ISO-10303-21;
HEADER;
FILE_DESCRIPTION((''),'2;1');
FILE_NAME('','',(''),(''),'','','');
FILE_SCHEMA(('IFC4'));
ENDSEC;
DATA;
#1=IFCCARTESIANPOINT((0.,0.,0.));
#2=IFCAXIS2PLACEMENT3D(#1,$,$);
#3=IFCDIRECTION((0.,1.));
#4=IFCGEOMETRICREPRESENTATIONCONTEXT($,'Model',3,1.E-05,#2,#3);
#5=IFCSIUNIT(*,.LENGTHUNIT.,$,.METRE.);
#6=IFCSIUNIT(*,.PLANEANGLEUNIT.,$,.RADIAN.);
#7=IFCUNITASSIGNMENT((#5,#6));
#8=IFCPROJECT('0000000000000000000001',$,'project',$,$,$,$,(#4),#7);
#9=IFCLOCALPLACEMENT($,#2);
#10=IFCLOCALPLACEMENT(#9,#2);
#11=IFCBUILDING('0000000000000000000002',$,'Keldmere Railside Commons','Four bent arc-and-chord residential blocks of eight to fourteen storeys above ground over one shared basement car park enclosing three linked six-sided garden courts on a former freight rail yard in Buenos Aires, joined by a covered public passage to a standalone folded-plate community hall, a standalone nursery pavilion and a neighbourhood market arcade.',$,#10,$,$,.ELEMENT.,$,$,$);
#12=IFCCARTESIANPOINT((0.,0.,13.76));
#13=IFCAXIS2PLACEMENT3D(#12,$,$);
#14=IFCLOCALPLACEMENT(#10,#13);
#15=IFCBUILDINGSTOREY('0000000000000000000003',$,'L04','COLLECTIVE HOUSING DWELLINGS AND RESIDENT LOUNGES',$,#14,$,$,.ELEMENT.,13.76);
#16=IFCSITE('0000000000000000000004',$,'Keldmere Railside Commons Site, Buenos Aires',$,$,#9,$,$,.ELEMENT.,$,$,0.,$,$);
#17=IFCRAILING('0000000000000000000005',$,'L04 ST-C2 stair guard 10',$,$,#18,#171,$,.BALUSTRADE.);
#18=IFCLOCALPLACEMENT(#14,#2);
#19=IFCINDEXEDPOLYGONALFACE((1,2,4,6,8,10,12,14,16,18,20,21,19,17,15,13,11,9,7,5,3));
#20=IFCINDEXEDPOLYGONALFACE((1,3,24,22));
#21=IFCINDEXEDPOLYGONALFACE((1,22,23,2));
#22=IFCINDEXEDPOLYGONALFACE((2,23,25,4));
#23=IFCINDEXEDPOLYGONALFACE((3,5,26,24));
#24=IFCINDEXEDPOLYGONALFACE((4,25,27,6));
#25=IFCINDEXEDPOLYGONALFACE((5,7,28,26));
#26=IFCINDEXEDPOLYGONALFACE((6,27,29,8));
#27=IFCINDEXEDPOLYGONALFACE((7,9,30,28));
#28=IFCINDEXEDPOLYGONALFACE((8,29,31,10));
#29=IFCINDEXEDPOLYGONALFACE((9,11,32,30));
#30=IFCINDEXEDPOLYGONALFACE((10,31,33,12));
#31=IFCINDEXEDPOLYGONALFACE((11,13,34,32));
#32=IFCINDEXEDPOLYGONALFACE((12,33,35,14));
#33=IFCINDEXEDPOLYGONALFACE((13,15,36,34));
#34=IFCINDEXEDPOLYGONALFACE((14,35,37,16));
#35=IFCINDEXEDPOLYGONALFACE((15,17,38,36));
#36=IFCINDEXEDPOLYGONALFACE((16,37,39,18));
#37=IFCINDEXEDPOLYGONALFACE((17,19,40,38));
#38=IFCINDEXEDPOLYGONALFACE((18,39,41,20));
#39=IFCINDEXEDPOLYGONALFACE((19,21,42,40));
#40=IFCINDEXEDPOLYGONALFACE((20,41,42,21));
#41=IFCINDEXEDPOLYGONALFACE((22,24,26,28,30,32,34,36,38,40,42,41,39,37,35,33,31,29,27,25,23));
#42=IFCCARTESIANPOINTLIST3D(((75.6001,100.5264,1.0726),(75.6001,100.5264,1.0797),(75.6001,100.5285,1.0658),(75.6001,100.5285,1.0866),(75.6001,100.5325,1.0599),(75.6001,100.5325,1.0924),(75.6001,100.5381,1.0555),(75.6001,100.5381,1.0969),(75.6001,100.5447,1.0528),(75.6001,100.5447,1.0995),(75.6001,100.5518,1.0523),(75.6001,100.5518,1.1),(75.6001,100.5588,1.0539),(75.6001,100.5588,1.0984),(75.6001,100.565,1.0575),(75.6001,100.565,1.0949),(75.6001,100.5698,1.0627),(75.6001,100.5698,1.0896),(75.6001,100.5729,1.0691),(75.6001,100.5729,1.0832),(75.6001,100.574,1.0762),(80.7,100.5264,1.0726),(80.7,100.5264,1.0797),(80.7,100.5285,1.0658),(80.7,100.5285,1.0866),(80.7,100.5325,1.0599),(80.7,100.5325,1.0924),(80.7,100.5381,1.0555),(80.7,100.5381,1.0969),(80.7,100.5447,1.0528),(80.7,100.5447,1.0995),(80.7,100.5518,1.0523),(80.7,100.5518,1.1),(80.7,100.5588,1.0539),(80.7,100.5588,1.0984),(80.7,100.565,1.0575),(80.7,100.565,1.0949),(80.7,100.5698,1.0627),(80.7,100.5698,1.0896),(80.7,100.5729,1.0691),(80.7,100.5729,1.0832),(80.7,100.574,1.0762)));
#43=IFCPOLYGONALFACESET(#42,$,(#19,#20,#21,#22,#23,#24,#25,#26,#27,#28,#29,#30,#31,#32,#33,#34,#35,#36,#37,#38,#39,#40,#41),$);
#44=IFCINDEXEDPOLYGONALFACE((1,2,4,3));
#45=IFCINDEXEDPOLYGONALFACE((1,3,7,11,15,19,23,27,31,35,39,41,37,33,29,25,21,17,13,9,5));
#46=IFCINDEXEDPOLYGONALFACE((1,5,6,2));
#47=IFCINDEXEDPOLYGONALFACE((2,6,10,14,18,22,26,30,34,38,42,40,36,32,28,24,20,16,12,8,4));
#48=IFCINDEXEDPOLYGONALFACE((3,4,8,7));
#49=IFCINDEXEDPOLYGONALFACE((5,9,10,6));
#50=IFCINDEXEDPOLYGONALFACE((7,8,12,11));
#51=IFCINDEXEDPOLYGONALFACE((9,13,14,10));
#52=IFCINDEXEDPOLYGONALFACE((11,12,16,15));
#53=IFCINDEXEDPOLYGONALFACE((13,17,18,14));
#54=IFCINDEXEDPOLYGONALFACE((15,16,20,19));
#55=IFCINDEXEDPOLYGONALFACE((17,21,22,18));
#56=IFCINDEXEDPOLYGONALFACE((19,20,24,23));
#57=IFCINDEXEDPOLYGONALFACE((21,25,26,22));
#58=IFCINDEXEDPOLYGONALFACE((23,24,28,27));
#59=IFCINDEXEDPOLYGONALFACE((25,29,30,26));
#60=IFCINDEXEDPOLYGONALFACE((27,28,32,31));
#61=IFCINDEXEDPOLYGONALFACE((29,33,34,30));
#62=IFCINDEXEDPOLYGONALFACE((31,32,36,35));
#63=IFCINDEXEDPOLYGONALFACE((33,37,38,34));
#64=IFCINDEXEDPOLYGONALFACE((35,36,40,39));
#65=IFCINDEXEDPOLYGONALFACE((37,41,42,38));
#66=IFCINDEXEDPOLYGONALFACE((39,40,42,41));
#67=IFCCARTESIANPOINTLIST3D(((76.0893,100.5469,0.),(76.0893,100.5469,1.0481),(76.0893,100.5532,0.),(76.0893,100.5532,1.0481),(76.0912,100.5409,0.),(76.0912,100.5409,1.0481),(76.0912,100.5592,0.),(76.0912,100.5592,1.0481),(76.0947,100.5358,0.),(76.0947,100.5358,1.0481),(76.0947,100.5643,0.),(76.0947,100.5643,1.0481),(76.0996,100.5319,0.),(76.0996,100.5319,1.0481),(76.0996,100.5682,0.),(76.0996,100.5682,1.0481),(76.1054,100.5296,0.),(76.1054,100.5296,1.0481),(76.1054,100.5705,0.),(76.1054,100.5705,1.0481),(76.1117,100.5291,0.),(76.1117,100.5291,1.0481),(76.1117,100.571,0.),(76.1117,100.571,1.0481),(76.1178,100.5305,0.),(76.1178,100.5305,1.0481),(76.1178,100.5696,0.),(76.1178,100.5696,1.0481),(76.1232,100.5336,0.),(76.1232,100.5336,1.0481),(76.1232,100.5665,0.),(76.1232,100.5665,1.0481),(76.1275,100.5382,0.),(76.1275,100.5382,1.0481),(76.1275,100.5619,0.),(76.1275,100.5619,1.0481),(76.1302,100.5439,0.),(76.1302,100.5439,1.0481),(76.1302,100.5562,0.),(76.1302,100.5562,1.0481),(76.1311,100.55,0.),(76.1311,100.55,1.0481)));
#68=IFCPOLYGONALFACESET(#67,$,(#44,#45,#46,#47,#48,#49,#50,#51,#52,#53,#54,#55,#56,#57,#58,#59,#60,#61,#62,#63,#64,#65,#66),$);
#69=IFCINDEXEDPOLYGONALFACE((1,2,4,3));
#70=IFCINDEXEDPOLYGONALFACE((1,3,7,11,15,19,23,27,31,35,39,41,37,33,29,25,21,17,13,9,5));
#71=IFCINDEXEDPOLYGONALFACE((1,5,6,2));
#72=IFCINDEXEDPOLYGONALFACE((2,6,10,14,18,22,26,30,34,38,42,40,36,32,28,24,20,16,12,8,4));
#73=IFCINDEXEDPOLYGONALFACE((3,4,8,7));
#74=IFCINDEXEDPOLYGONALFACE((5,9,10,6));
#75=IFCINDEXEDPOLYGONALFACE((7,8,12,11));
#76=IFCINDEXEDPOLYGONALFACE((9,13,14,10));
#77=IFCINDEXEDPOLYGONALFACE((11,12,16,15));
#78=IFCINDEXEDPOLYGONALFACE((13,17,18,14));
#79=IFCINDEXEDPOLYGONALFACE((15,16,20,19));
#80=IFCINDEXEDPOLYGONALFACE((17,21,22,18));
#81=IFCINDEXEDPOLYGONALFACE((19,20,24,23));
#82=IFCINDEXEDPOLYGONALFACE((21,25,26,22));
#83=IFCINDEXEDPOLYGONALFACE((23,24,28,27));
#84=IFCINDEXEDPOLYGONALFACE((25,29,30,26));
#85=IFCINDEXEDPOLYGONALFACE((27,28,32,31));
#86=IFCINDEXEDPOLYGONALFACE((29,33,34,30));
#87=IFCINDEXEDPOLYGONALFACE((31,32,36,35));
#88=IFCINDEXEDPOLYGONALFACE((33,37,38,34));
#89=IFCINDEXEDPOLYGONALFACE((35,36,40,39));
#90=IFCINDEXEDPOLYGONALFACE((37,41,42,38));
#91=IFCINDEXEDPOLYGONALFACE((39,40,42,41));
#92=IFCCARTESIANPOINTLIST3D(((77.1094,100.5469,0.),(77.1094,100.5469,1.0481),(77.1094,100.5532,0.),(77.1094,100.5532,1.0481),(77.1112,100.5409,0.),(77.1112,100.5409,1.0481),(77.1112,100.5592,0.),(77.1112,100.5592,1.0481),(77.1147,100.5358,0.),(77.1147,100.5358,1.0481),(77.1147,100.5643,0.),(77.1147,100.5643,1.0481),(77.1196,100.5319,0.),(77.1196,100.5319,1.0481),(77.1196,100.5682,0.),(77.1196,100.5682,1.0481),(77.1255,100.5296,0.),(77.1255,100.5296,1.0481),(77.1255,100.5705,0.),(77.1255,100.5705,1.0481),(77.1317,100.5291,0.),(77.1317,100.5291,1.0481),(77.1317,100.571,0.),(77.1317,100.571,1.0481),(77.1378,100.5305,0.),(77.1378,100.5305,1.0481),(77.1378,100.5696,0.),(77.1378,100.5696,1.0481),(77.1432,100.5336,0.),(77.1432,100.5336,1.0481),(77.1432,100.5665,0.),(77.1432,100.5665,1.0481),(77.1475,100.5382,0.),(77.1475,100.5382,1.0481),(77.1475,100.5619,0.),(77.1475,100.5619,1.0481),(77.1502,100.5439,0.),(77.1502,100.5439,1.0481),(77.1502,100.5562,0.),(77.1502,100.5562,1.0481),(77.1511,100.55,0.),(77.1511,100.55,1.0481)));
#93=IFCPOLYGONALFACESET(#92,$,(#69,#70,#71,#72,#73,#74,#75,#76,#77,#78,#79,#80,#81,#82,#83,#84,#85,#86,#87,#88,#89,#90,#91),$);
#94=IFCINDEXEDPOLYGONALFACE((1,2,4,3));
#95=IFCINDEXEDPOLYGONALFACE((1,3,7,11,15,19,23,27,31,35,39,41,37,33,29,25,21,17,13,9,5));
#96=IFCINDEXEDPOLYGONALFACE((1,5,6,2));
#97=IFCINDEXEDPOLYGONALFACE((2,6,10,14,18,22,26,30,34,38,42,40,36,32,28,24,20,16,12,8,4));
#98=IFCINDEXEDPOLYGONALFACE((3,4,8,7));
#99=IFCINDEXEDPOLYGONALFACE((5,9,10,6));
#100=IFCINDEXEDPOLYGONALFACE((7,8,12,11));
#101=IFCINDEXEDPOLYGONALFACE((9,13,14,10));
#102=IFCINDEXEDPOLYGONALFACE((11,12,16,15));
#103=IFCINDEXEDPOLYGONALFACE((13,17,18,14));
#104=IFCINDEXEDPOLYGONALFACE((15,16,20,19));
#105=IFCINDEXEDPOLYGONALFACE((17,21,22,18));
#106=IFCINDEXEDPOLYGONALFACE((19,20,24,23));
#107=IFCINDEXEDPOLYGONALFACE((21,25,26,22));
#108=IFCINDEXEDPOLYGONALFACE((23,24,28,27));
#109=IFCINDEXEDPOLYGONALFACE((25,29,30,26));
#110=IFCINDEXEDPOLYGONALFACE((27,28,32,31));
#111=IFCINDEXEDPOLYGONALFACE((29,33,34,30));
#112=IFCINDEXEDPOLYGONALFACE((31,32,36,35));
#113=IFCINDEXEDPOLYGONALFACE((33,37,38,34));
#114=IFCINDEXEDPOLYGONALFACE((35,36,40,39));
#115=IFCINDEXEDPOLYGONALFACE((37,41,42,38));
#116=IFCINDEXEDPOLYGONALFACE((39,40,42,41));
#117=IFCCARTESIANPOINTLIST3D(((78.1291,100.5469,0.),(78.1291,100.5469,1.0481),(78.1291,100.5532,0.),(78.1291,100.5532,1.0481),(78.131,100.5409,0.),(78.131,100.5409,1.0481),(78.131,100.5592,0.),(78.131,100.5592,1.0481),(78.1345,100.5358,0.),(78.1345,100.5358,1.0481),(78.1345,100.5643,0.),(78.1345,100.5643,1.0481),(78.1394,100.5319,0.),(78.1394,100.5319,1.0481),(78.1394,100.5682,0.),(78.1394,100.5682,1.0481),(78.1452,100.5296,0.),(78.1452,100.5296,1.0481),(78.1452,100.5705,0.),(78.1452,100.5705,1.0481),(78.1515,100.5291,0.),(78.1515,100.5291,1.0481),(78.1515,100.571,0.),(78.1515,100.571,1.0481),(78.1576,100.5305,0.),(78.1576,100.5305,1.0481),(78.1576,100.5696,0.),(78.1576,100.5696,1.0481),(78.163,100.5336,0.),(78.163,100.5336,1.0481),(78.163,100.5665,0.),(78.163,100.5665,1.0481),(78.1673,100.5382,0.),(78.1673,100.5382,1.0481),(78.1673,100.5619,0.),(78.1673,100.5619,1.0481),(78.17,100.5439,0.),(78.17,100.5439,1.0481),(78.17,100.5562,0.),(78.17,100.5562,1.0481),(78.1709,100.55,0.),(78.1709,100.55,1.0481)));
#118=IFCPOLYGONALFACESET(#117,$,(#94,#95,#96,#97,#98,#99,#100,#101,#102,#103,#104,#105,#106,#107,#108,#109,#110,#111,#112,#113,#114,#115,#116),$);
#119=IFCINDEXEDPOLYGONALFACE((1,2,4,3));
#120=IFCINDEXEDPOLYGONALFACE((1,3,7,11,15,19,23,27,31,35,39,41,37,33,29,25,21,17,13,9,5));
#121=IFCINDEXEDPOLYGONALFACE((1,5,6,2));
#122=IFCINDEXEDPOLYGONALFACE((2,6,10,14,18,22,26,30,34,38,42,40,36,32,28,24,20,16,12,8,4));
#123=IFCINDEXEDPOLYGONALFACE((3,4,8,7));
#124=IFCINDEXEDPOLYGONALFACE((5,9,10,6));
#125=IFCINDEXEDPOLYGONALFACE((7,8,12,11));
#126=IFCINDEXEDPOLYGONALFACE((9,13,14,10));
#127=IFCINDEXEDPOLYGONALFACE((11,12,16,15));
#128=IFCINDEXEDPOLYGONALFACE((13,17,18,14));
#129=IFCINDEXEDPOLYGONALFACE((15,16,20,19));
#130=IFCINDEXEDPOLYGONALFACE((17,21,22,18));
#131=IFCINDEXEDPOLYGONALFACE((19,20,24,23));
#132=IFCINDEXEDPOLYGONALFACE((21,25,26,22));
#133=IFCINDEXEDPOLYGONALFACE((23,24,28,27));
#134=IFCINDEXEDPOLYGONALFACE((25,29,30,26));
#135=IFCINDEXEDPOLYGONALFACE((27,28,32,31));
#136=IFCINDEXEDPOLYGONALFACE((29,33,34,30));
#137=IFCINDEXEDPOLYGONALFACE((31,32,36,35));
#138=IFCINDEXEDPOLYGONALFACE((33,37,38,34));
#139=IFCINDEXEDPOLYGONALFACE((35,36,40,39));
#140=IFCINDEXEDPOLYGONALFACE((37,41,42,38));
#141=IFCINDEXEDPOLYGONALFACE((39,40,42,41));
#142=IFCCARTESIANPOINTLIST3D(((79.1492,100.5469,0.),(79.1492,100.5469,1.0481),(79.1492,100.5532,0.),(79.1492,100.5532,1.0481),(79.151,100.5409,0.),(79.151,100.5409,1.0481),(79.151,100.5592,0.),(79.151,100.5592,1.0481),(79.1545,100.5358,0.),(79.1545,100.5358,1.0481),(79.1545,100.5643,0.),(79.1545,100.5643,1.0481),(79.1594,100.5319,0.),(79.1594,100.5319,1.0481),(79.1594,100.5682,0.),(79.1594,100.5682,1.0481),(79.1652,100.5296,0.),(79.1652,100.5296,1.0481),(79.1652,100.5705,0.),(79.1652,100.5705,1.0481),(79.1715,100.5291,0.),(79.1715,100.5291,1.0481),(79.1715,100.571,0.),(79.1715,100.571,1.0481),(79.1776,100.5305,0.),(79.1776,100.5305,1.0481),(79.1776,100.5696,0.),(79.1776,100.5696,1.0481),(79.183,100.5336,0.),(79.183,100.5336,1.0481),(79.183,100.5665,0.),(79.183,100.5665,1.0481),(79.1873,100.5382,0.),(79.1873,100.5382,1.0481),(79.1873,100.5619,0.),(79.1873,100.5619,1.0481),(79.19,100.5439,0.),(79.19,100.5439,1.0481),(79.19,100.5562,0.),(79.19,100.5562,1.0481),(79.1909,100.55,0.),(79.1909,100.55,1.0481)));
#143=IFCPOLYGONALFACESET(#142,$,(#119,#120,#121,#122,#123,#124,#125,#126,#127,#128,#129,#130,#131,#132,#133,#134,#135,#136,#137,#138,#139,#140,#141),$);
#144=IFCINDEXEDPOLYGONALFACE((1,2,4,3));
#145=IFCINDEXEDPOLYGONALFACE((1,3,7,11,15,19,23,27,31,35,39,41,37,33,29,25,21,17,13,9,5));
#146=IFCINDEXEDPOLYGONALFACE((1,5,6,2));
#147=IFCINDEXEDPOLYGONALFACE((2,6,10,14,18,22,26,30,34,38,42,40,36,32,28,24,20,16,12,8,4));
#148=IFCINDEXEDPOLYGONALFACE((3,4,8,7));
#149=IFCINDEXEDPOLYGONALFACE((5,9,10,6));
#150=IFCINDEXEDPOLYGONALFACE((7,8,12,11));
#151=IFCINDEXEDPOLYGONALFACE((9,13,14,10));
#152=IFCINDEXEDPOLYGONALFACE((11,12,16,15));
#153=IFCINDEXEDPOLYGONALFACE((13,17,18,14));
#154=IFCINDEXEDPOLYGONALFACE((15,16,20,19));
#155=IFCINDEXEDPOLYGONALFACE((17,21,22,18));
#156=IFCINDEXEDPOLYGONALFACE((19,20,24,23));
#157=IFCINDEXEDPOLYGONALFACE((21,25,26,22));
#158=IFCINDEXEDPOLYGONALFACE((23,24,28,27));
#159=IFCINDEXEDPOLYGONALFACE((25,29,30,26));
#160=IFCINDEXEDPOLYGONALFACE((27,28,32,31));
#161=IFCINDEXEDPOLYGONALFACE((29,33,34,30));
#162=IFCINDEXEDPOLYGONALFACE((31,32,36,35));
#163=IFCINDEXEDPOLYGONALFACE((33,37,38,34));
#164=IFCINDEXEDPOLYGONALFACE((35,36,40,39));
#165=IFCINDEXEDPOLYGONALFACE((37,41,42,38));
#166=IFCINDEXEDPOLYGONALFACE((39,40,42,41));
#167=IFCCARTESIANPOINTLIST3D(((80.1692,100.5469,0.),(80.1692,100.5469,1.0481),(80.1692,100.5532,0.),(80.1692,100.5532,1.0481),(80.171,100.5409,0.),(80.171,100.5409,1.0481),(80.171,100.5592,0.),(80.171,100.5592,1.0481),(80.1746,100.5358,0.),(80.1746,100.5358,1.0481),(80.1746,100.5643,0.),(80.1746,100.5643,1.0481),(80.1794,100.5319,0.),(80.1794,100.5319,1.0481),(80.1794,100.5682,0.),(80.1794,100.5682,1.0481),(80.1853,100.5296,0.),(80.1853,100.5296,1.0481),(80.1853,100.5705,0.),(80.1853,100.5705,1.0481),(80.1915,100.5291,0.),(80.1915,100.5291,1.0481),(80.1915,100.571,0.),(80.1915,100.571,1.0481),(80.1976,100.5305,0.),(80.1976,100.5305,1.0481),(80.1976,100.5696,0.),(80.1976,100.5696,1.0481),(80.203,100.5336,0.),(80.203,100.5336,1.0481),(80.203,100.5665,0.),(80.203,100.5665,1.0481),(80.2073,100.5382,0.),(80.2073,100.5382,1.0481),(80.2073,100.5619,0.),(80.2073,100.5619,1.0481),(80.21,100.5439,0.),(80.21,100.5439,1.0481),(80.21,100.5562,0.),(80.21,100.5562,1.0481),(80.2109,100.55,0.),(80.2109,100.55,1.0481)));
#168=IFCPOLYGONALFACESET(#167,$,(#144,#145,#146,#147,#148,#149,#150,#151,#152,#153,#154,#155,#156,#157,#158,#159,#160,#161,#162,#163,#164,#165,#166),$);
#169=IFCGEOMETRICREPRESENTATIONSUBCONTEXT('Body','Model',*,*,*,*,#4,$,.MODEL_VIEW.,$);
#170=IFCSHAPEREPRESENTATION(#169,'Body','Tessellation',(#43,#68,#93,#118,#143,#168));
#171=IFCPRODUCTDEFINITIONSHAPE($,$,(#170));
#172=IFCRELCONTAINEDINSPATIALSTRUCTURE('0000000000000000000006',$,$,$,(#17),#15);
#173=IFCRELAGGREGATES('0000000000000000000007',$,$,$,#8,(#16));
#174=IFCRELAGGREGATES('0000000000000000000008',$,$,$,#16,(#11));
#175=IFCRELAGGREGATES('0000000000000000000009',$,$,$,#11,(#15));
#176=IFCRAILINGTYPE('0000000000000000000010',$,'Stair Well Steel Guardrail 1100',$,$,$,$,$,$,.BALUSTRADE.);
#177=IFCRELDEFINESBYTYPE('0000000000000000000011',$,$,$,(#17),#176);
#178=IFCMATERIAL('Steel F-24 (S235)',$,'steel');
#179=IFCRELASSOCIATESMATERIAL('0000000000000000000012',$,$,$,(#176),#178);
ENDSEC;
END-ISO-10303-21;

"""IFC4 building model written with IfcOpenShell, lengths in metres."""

from ifc_helpers import new_model, si_unit, direction, frame, origin, origin_2d, place, context, subcontext, project, spatial, circle, extrude, material, type_object, element, save


model = new_model("IFC4")

# Units and contexts
model_context = context("Model", 3, precision=1e-05, world=origin(), true_north=direction((0.0, 1.0)))
body_context = subcontext(model_context, "Body", "Model", "MODEL_VIEW")
ifc_project = project(units=[si_unit("LENGTHUNIT", "METRE"), si_unit("PLANEANGLEUNIT", "RADIAN")], contexts=[model_context])

# Site, building, storey
site_placement = place(None, origin())
site = spatial("IfcSite", under=ifc_project, at=site_placement, Name="Keldmere Railside Commons Site, Buenos Aires", CompositionType="ELEMENT", RefElevation=0.0)
building_placement = place(site_placement, origin())
building = spatial("IfcBuilding", under=site, at=building_placement, Name="Keldmere Railside Commons", Description="Four bent arc-and-chord residential blocks of eight to fourteen storeys above ground over one shared basement car park enclosing three linked six-sided garden courts on a former freight rail yard in Buenos Aires, joined by a covered public passage to a standalone folded-plate community hall, a standalone nursery pavilion and a neighbourhood market arcade.", CompositionType="ELEMENT")
storey_placement = place(building_placement, frame((0.0, 0.0, 13.76)))
storey = spatial("IfcBuildingStorey", under=building, at=storey_placement, Name="L04", Description="COLLECTIVE HOUSING DWELLINGS AND RESIDENT LOUNGES", CompositionType="ELEMENT", Elevation=13.76)

# Railing
ifc_material_1 = material(Name="Steel F-24 (S235)", Category="steel")
railing_type_1 = type_object("IfcRailingType", Name="Stair Well Steel Guardrail 1100", PredefinedType="BALUSTRADE", material=ifc_material_1)
railing_1_placement = place(storey_placement, frame((75.6001, 100.55, 0.0)))
element("IfcRailing", 1, at=railing_1_placement, inside=storey, type_object=railing_type_1, Name="L04 ST-C2 stair guard 10", PredefinedType="BALUSTRADE", context=body_context, shape_type="SweptSolid", body=[
    extrude(circle(Radius=0.0239, at=origin_2d()), frame((0.0, 0.0, 1.0762), z_axis=(1.0, 0.0, 0.0), x_axis=(0.0, 1.0, 0.0)), (0.0, 0.0, 1.0), 5.0999),
    extrude(circle(Radius=0.021, at=origin_2d()), frame((0.51, 0.0, 0.0)), (0.0, 0.0, 1.0), 1.0481),
    extrude(circle(Radius=0.021, at=origin_2d()), frame((1.53, 0.0, 0.0)), (0.0, 0.0, 1.0), 1.0481),
    extrude(circle(Radius=0.021, at=origin_2d()), frame((2.5498, 0.0, 0.0)), (0.0, 0.0, 1.0), 1.0481),
    extrude(circle(Radius=0.021, at=origin_2d()), frame((3.5698, 0.0, 0.0)), (0.0, 0.0, 1.0), 1.0481),
    extrude(circle(Radius=0.021, at=origin_2d()), frame((4.5898, 0.0, 0.0)), (0.0, 0.0, 1.0), 1.0481),
])

save(model, "model.ifc")
